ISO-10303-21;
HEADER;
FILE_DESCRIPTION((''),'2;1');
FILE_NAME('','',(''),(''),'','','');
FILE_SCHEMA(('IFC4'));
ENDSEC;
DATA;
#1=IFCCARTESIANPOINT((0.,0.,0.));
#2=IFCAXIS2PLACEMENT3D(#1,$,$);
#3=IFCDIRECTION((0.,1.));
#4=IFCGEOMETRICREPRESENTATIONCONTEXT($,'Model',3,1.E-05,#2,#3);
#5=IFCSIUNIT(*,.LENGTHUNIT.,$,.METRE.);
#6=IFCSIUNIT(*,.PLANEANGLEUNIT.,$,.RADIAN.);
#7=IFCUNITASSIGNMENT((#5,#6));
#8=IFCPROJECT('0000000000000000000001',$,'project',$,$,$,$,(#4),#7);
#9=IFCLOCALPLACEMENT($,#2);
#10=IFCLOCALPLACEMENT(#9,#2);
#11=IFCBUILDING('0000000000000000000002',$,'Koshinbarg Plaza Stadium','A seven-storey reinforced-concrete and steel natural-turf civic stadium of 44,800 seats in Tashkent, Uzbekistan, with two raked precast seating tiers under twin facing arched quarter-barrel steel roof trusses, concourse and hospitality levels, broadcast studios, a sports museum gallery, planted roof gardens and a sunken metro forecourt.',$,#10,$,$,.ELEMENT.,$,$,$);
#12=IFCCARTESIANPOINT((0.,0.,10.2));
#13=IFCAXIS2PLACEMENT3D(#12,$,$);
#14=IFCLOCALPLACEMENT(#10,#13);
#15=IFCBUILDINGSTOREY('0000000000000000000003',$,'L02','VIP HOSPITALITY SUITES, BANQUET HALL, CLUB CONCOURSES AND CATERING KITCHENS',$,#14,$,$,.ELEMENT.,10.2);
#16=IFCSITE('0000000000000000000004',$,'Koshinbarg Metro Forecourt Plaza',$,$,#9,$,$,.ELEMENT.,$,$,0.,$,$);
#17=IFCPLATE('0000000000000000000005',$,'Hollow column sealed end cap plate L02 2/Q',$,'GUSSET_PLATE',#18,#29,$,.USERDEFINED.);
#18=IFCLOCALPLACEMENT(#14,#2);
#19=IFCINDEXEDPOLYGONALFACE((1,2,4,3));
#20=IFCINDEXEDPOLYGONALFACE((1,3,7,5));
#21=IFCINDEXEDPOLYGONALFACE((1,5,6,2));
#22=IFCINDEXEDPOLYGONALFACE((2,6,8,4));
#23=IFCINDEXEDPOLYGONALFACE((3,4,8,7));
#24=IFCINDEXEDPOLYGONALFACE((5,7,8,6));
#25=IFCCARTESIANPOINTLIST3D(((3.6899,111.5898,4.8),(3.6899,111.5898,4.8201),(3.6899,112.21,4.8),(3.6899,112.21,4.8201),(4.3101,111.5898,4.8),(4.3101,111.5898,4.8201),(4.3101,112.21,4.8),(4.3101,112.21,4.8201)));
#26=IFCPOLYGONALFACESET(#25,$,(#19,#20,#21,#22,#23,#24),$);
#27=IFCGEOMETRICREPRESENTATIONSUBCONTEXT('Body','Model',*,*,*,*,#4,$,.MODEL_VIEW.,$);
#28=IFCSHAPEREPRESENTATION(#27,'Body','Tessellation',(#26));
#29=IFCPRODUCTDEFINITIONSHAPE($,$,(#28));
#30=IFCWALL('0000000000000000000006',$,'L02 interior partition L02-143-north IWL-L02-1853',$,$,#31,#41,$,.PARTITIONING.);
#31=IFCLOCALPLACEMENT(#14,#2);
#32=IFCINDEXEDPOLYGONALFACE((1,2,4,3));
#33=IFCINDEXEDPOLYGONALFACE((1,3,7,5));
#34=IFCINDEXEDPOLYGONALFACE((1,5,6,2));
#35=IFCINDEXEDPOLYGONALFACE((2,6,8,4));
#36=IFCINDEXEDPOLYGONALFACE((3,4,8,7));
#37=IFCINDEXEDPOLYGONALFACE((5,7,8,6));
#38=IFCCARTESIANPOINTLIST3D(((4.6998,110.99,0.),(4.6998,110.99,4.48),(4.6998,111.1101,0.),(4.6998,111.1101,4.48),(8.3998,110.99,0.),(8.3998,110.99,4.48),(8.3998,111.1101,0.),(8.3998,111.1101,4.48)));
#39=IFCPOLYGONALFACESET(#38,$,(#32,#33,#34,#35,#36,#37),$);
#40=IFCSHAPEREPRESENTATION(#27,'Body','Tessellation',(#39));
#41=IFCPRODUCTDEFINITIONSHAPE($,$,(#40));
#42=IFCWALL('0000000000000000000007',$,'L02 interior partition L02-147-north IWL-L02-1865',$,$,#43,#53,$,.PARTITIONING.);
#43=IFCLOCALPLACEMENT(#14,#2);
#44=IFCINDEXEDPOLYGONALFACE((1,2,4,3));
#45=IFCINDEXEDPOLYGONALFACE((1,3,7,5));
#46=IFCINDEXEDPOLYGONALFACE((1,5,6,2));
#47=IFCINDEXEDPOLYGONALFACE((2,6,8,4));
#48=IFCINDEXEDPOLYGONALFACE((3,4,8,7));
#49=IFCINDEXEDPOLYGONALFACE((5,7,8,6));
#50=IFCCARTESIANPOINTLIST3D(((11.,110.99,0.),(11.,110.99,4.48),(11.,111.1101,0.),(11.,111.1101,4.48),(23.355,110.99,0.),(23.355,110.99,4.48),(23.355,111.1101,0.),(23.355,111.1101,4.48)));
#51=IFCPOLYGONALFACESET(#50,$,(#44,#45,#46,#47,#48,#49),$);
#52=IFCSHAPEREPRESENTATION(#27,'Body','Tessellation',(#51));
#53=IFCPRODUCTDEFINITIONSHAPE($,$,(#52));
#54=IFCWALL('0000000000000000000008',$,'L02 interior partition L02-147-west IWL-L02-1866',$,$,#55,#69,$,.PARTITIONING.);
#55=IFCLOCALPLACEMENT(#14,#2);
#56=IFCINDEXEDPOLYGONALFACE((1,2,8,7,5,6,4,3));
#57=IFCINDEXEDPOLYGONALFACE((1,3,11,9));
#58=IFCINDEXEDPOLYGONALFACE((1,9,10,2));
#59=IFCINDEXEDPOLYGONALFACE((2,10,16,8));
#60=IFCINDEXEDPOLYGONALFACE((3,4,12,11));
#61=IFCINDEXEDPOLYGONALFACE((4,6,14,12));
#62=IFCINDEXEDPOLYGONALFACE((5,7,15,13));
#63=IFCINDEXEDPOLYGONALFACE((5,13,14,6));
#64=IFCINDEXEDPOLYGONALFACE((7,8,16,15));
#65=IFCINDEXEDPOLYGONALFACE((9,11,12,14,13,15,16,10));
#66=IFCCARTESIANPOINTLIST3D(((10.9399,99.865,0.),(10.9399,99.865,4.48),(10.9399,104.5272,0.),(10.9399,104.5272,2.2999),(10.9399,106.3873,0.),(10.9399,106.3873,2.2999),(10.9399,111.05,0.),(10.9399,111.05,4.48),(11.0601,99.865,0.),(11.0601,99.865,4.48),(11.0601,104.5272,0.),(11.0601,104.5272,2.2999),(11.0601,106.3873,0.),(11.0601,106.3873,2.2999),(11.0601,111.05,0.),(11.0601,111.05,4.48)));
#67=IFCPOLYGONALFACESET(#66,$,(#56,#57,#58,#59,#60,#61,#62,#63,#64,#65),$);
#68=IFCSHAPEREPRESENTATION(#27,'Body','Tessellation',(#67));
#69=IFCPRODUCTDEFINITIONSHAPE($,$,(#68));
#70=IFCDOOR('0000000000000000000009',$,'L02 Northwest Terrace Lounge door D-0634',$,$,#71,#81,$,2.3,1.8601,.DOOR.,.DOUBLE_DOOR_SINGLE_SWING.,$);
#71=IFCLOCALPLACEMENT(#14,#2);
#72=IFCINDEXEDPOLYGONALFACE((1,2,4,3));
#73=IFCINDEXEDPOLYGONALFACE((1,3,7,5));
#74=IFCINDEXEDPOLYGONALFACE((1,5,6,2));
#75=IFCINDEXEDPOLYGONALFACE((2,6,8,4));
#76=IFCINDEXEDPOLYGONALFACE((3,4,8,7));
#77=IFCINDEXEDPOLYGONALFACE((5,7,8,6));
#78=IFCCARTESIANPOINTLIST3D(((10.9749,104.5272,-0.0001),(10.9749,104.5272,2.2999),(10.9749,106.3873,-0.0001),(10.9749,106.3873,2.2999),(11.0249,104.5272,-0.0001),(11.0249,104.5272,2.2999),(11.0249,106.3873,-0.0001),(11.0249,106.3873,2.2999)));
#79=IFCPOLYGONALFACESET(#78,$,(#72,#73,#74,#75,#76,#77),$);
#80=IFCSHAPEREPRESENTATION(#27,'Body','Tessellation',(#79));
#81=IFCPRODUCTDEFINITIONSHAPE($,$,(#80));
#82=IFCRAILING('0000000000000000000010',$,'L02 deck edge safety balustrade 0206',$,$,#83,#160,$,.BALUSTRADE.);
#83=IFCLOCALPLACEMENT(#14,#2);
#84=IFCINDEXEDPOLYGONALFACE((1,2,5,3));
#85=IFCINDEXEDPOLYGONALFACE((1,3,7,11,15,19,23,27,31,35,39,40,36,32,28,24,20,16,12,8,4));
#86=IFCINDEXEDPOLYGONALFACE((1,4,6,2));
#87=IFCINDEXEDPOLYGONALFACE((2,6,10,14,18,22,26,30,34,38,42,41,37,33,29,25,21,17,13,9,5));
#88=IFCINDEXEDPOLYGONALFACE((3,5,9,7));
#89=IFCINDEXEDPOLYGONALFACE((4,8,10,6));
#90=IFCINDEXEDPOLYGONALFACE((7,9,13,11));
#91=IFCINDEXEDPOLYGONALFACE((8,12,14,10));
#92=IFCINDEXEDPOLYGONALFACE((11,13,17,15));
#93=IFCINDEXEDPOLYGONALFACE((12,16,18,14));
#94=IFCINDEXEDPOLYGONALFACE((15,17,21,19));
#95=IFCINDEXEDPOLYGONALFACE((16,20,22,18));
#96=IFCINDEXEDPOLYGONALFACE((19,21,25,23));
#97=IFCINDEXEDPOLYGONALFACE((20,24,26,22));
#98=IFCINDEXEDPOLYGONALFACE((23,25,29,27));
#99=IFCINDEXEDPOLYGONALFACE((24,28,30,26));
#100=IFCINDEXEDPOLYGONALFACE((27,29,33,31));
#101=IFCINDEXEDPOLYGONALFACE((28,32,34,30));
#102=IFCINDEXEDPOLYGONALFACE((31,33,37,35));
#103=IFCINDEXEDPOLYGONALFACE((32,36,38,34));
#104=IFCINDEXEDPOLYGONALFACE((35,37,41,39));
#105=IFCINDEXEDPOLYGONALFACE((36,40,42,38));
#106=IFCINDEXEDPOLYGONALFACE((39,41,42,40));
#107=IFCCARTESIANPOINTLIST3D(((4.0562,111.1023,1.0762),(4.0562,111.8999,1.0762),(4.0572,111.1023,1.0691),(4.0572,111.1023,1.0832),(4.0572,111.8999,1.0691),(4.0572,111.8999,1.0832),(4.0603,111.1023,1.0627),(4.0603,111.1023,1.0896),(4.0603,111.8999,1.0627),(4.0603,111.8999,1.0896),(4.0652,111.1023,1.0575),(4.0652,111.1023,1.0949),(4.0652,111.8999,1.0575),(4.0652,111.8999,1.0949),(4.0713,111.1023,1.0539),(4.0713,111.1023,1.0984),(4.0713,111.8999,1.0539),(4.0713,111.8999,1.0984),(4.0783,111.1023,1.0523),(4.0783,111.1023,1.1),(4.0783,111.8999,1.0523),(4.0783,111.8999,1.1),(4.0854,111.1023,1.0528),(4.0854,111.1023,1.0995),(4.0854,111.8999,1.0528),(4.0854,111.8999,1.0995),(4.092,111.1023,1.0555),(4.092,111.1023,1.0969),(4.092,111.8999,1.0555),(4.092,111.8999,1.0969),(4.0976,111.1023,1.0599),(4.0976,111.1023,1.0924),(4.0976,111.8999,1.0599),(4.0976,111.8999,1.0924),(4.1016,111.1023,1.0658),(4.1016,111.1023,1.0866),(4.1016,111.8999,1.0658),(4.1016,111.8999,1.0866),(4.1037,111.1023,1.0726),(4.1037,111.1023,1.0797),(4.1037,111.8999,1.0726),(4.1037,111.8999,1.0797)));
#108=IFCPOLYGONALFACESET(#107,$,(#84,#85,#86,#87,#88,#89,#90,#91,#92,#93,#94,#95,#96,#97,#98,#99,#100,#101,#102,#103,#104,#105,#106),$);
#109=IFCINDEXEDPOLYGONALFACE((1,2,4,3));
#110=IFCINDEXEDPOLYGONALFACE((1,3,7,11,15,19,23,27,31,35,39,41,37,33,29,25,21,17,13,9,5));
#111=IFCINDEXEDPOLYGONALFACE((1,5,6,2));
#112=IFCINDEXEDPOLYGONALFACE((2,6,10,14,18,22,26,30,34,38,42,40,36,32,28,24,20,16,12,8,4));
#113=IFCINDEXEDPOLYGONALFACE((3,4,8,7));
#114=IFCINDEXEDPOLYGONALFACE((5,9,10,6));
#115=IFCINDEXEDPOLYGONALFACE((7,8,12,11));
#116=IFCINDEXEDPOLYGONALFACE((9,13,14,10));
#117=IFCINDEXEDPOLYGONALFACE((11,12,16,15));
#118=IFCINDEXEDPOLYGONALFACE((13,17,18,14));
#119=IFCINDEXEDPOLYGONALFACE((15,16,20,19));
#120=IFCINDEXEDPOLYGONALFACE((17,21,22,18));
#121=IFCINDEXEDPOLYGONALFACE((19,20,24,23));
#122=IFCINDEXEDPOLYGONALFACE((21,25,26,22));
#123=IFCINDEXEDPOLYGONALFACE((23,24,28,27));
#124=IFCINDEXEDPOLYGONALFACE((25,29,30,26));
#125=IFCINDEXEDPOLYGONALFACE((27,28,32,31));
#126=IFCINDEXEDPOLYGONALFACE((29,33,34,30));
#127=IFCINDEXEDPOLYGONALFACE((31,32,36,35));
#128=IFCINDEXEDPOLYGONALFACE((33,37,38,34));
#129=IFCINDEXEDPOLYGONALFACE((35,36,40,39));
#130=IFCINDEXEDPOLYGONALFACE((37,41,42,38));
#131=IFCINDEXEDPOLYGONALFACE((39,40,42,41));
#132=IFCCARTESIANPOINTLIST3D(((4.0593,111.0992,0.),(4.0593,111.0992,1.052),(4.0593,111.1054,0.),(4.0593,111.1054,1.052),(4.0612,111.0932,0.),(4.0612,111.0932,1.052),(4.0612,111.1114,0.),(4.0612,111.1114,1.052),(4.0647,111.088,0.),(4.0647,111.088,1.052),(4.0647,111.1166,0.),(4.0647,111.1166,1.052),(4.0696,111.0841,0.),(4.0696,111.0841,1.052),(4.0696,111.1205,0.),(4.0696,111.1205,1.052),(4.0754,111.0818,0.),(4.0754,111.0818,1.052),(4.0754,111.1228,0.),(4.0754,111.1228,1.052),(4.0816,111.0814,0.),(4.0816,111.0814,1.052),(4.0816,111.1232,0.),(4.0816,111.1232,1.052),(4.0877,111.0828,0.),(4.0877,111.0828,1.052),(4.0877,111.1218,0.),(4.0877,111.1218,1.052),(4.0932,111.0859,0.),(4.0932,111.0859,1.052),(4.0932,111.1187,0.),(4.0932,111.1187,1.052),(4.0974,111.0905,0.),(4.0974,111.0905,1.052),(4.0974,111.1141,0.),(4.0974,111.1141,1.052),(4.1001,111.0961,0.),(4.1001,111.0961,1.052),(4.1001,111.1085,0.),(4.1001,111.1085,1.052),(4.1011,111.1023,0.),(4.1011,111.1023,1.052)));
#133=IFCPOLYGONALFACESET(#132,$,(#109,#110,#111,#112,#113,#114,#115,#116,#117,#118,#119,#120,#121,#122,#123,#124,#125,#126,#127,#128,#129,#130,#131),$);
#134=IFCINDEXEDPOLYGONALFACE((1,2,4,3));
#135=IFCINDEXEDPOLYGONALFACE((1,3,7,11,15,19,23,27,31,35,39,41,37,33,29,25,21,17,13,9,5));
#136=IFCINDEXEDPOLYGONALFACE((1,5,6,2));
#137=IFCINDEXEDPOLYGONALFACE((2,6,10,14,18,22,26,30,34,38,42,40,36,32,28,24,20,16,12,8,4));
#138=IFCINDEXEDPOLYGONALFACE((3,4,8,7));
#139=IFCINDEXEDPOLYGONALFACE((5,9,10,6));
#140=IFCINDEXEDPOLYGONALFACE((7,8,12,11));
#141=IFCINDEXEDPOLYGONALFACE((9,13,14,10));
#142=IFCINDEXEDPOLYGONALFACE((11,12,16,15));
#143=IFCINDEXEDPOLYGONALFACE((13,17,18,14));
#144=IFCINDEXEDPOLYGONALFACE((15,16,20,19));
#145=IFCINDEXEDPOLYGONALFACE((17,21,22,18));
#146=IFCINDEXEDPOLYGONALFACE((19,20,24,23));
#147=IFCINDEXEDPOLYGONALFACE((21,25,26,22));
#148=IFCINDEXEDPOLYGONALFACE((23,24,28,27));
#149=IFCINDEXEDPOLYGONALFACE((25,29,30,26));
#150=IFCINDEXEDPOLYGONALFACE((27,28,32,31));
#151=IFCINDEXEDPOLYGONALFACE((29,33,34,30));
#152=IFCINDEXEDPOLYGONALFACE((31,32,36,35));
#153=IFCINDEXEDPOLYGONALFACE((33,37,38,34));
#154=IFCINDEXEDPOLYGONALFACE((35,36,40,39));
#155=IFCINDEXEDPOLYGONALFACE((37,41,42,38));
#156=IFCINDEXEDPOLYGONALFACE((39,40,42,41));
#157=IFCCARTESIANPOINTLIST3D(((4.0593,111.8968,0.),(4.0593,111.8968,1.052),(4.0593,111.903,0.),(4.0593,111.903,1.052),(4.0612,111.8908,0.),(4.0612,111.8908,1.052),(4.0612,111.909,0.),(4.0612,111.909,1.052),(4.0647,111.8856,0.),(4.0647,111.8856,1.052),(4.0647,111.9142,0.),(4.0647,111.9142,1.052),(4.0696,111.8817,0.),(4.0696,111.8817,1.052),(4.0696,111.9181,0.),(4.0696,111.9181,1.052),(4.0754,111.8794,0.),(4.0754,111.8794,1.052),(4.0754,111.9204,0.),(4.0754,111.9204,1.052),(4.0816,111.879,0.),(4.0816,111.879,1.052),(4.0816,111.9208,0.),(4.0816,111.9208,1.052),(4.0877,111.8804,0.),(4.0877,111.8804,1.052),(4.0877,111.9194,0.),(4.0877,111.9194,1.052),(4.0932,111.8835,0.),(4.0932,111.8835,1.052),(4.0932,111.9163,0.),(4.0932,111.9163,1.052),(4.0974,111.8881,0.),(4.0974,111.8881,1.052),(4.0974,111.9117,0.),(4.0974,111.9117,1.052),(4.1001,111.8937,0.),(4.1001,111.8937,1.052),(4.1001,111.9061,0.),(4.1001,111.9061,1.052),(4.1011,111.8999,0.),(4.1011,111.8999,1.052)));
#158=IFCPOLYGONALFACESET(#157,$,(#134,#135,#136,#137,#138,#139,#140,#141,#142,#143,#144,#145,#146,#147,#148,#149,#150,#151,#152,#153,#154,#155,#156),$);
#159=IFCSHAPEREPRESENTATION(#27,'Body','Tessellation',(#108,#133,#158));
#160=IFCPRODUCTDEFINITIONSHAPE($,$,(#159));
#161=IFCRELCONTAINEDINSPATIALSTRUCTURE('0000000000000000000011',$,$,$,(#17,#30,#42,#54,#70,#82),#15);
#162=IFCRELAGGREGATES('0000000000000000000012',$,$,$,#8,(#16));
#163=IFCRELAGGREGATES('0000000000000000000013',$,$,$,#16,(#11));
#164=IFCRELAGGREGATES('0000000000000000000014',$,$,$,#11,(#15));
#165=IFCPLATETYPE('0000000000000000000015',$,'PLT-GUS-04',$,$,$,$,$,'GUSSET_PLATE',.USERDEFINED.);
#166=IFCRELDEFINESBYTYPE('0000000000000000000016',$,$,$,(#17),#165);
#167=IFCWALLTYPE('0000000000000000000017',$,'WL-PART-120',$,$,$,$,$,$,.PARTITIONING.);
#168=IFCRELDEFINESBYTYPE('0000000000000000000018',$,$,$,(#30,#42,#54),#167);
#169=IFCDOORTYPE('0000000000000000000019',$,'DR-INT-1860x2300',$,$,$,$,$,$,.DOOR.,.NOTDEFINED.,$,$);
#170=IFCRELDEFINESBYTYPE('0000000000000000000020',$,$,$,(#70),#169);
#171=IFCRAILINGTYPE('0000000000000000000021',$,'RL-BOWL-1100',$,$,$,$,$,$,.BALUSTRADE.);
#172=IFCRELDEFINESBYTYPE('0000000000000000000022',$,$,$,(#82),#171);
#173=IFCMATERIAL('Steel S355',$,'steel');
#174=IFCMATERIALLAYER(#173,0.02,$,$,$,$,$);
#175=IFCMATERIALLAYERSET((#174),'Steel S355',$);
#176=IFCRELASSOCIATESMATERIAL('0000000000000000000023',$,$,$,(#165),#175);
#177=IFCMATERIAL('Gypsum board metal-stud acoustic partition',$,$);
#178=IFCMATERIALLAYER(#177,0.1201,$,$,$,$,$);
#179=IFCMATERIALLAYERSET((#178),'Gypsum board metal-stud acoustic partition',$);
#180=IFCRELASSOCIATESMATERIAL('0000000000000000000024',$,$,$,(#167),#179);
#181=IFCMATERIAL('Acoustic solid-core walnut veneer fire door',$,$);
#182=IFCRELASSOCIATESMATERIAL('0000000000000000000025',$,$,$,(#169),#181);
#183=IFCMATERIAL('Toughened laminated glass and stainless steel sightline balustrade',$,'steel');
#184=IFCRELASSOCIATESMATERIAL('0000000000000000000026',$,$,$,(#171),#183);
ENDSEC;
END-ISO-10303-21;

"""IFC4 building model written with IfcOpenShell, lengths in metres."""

from ifc_helpers import new_model, si_unit, direction, frame, frame_2d, origin, origin_2d, place, context, subcontext, project, spatial, rectangle, circle, extrude, material, layer, layer_set, type_object, element, fill, save


model = new_model("IFC4")

# Units and contexts
model_context = context("Model", 3, precision=1e-05, world=origin(), true_north=direction((0.0, 1.0)))
body_context = subcontext(model_context, "Body", "Model", "MODEL_VIEW")
ifc_project = project(units=[si_unit("LENGTHUNIT", "METRE"), si_unit("PLANEANGLEUNIT", "RADIAN")], contexts=[model_context])

# Site, building, storey
site_placement = place(None, origin())
site = spatial("IfcSite", under=ifc_project, at=site_placement, Name="Koshinbarg Metro Forecourt Plaza", CompositionType="ELEMENT", RefElevation=0.0)
building_placement = place(site_placement, origin())
building = spatial("IfcBuilding", under=site, at=building_placement, Name="Koshinbarg Plaza Stadium", Description="A seven-storey reinforced-concrete and steel natural-turf civic stadium of 44,800 seats in Tashkent, Uzbekistan, with two raked precast seating tiers under twin facing arched quarter-barrel steel roof trusses, concourse and hospitality levels, broadcast studios, a sports museum gallery, planted roof gardens and a sunken metro forecourt.", CompositionType="ELEMENT")
storey_placement = place(building_placement, frame((0.0, 0.0, 10.2)))
storey = spatial("IfcBuildingStorey", under=building, at=storey_placement, Name="L02", Description="VIP HOSPITALITY SUITES, BANQUET HALL, CLUB CONCOURSES AND CATERING KITCHENS", CompositionType="ELEMENT", Elevation=10.2)

# Shared definitions
ifc_material_1 = material(Name="Steel S355", Category="steel")

# Plate
ifc_layer_1 = layer(ifc_material_1, 0.02)
ifc_layer_set_1 = layer_set([ifc_layer_1], Name="Steel S355")
plate_type_1 = type_object("IfcPlateType", Name="PLT-GUS-04", ElementType="GUSSET_PLATE", PredefinedType="USERDEFINED", material=ifc_layer_set_1)
plate_1_placement = place(storey_placement, frame((4.0, 111.8999, 4.8), z_axis=(0.0, 0.0, 1.0), x_axis=(1.0, 0.0, 0.0)))
element("IfcPlate", 1, at=plate_1_placement, inside=storey, type_object=plate_type_1, Name="Hollow column sealed end cap plate L02 2/Q", ObjectType="GUSSET_PLATE", PredefinedType="USERDEFINED", context=body_context, shape_type="SweptSolid", body=[
    extrude(rectangle(XDim=0.6201, YDim=0.6201, at=origin_2d()), origin(), (0.0, 0.0, 1.0), 0.02),
])

# Walls
ifc_material_2 = material(Name="Gypsum board metal-stud acoustic partition")
ifc_layer_2 = layer(ifc_material_2, 0.1201)
ifc_layer_set_2 = layer_set([ifc_layer_2], Name="Gypsum board metal-stud acoustic partition")
wall_type = type_object("IfcWallType", Name="WL-PART-120", PredefinedType="PARTITIONING", material=ifc_layer_set_2)
wall_1_placement = place(storey_placement, frame((8.3999, 111.05, 0.0), z_axis=(0.0, 0.0, 1.0), x_axis=(-1.0, 0.0, 0.0)))
element("IfcWall", 2, at=wall_1_placement, inside=storey, type_object=wall_type, Name="L02 interior partition L02-143-north IWL-L02-1853", PredefinedType="PARTITIONING", context=body_context, shape_type="SweptSolid", body=[
    extrude(rectangle(XDim=3.7, YDim=0.1201, at=frame_2d((1.8501, 0.0))), origin(), (0.0, 0.0, 1.0), 4.48),
])
wall_2_placement = place(storey_placement, frame((23.355, 111.05, 0.0), z_axis=(0.0, 0.0, 1.0), x_axis=(-1.0, 0.0, 0.0)))
element("IfcWall", 3, at=wall_2_placement, inside=storey, type_object=wall_type, Name="L02 interior partition L02-147-north IWL-L02-1865", PredefinedType="PARTITIONING", context=body_context, shape_type="SweptSolid", body=[
    extrude(rectangle(XDim=12.355, YDim=0.1201, at=frame_2d((6.1775, 0.0))), origin(), (0.0, 0.0, 1.0), 4.48),
])

# Wall, opening, door
wall_3_placement = place(storey_placement, frame((11.0, 111.05, 0.0), z_axis=(0.0, 0.0, 1.0), x_axis=(0.0, -1.0, 0.0)))
wall_3 = element("IfcWall", 4, at=wall_3_placement, inside=storey, type_object=wall_type, Name="L02 interior partition L02-147-west IWL-L02-1866", PredefinedType="PARTITIONING", context=body_context, shape_type="SweptSolid", body=[
    extrude(rectangle(XDim=11.1851, YDim=0.1201, at=frame_2d((5.5925, 0.0))), origin(), (0.0, 0.0, 1.0), 4.48),
])
opening_placement = place(wall_3_placement, frame((4.6626, 0.0, 0.0)))
opening = element("IfcOpeningElement", 5, at=opening_placement, cuts=wall_3, PredefinedType="OPENING", context=body_context, shape_type="SweptSolid", body=[
    extrude(rectangle(XDim=1.8601, YDim=2.3, at=frame_2d((0.9302, 1.1499))), frame((0.0, 0.0701, 0.0), z_axis=(0.0, -1.0, 0.0), x_axis=(1.0, 0.0, 0.0)), (0.0, 0.0, 1.0), 0.1401),
])
ifc_material_3 = material(Name="Acoustic solid-core walnut veneer fire door")
door_type = type_object("IfcDoorType", Name="DR-INT-1860x2300", OperationType="NOTDEFINED", PredefinedType="DOOR", material=ifc_material_3)
door_placement = place(opening_placement, origin())
door = element("IfcDoor", 6, at=door_placement, inside=storey, type_object=door_type, Name="L02 Northwest Terrace Lounge door D-0634", OperationType="DOUBLE_DOOR_SINGLE_SWING", OverallHeight=2.3, OverallWidth=1.8601, PredefinedType="DOOR", context=body_context, shape_type="SweptSolid", body=[
    extrude(rectangle(XDim=1.8601, YDim=2.3, at=frame_2d((0.9302, 1.1499))), frame((0.0, 0.0249, 0.0), z_axis=(0.0, -1.0, 0.0), x_axis=(1.0, 0.0, 0.0)), (0.0, 0.0, 1.0), 0.05),
])
fill(opening, door)

# Railing
ifc_material_4 = material(Name="Toughened laminated glass and stainless steel sightline balustrade", Category="steel")
railing_type = type_object("IfcRailingType", Name="RL-BOWL-1100", PredefinedType="BALUSTRADE", material=ifc_material_4)
railing_1_placement = place(storey_placement, frame((4.0801, 111.1023, 0.0)))
element("IfcRailing", 7, at=railing_1_placement, inside=storey, type_object=railing_type, Name="L02 deck edge safety balustrade 0206", PredefinedType="BALUSTRADE", context=body_context, shape_type="SweptSolid", body=[
    extrude(circle(Radius=0.0239, at=origin_2d()), frame((0.0, 0.0, 1.0762), z_axis=(0.0, 1.0, 0.0), x_axis=(-1.0, 0.0, 0.0)), (0.0, 0.0, 1.0), 0.7976),
    extrude(circle(Radius=0.021, at=origin_2d()), origin(), (0.0, 0.0, 1.0), 1.052),
    extrude(circle(Radius=0.021, at=origin_2d()), frame((0.0, 0.7976, 0.0)), (0.0, 0.0, 1.0), 1.052),
])

save(model, "model.ifc")
